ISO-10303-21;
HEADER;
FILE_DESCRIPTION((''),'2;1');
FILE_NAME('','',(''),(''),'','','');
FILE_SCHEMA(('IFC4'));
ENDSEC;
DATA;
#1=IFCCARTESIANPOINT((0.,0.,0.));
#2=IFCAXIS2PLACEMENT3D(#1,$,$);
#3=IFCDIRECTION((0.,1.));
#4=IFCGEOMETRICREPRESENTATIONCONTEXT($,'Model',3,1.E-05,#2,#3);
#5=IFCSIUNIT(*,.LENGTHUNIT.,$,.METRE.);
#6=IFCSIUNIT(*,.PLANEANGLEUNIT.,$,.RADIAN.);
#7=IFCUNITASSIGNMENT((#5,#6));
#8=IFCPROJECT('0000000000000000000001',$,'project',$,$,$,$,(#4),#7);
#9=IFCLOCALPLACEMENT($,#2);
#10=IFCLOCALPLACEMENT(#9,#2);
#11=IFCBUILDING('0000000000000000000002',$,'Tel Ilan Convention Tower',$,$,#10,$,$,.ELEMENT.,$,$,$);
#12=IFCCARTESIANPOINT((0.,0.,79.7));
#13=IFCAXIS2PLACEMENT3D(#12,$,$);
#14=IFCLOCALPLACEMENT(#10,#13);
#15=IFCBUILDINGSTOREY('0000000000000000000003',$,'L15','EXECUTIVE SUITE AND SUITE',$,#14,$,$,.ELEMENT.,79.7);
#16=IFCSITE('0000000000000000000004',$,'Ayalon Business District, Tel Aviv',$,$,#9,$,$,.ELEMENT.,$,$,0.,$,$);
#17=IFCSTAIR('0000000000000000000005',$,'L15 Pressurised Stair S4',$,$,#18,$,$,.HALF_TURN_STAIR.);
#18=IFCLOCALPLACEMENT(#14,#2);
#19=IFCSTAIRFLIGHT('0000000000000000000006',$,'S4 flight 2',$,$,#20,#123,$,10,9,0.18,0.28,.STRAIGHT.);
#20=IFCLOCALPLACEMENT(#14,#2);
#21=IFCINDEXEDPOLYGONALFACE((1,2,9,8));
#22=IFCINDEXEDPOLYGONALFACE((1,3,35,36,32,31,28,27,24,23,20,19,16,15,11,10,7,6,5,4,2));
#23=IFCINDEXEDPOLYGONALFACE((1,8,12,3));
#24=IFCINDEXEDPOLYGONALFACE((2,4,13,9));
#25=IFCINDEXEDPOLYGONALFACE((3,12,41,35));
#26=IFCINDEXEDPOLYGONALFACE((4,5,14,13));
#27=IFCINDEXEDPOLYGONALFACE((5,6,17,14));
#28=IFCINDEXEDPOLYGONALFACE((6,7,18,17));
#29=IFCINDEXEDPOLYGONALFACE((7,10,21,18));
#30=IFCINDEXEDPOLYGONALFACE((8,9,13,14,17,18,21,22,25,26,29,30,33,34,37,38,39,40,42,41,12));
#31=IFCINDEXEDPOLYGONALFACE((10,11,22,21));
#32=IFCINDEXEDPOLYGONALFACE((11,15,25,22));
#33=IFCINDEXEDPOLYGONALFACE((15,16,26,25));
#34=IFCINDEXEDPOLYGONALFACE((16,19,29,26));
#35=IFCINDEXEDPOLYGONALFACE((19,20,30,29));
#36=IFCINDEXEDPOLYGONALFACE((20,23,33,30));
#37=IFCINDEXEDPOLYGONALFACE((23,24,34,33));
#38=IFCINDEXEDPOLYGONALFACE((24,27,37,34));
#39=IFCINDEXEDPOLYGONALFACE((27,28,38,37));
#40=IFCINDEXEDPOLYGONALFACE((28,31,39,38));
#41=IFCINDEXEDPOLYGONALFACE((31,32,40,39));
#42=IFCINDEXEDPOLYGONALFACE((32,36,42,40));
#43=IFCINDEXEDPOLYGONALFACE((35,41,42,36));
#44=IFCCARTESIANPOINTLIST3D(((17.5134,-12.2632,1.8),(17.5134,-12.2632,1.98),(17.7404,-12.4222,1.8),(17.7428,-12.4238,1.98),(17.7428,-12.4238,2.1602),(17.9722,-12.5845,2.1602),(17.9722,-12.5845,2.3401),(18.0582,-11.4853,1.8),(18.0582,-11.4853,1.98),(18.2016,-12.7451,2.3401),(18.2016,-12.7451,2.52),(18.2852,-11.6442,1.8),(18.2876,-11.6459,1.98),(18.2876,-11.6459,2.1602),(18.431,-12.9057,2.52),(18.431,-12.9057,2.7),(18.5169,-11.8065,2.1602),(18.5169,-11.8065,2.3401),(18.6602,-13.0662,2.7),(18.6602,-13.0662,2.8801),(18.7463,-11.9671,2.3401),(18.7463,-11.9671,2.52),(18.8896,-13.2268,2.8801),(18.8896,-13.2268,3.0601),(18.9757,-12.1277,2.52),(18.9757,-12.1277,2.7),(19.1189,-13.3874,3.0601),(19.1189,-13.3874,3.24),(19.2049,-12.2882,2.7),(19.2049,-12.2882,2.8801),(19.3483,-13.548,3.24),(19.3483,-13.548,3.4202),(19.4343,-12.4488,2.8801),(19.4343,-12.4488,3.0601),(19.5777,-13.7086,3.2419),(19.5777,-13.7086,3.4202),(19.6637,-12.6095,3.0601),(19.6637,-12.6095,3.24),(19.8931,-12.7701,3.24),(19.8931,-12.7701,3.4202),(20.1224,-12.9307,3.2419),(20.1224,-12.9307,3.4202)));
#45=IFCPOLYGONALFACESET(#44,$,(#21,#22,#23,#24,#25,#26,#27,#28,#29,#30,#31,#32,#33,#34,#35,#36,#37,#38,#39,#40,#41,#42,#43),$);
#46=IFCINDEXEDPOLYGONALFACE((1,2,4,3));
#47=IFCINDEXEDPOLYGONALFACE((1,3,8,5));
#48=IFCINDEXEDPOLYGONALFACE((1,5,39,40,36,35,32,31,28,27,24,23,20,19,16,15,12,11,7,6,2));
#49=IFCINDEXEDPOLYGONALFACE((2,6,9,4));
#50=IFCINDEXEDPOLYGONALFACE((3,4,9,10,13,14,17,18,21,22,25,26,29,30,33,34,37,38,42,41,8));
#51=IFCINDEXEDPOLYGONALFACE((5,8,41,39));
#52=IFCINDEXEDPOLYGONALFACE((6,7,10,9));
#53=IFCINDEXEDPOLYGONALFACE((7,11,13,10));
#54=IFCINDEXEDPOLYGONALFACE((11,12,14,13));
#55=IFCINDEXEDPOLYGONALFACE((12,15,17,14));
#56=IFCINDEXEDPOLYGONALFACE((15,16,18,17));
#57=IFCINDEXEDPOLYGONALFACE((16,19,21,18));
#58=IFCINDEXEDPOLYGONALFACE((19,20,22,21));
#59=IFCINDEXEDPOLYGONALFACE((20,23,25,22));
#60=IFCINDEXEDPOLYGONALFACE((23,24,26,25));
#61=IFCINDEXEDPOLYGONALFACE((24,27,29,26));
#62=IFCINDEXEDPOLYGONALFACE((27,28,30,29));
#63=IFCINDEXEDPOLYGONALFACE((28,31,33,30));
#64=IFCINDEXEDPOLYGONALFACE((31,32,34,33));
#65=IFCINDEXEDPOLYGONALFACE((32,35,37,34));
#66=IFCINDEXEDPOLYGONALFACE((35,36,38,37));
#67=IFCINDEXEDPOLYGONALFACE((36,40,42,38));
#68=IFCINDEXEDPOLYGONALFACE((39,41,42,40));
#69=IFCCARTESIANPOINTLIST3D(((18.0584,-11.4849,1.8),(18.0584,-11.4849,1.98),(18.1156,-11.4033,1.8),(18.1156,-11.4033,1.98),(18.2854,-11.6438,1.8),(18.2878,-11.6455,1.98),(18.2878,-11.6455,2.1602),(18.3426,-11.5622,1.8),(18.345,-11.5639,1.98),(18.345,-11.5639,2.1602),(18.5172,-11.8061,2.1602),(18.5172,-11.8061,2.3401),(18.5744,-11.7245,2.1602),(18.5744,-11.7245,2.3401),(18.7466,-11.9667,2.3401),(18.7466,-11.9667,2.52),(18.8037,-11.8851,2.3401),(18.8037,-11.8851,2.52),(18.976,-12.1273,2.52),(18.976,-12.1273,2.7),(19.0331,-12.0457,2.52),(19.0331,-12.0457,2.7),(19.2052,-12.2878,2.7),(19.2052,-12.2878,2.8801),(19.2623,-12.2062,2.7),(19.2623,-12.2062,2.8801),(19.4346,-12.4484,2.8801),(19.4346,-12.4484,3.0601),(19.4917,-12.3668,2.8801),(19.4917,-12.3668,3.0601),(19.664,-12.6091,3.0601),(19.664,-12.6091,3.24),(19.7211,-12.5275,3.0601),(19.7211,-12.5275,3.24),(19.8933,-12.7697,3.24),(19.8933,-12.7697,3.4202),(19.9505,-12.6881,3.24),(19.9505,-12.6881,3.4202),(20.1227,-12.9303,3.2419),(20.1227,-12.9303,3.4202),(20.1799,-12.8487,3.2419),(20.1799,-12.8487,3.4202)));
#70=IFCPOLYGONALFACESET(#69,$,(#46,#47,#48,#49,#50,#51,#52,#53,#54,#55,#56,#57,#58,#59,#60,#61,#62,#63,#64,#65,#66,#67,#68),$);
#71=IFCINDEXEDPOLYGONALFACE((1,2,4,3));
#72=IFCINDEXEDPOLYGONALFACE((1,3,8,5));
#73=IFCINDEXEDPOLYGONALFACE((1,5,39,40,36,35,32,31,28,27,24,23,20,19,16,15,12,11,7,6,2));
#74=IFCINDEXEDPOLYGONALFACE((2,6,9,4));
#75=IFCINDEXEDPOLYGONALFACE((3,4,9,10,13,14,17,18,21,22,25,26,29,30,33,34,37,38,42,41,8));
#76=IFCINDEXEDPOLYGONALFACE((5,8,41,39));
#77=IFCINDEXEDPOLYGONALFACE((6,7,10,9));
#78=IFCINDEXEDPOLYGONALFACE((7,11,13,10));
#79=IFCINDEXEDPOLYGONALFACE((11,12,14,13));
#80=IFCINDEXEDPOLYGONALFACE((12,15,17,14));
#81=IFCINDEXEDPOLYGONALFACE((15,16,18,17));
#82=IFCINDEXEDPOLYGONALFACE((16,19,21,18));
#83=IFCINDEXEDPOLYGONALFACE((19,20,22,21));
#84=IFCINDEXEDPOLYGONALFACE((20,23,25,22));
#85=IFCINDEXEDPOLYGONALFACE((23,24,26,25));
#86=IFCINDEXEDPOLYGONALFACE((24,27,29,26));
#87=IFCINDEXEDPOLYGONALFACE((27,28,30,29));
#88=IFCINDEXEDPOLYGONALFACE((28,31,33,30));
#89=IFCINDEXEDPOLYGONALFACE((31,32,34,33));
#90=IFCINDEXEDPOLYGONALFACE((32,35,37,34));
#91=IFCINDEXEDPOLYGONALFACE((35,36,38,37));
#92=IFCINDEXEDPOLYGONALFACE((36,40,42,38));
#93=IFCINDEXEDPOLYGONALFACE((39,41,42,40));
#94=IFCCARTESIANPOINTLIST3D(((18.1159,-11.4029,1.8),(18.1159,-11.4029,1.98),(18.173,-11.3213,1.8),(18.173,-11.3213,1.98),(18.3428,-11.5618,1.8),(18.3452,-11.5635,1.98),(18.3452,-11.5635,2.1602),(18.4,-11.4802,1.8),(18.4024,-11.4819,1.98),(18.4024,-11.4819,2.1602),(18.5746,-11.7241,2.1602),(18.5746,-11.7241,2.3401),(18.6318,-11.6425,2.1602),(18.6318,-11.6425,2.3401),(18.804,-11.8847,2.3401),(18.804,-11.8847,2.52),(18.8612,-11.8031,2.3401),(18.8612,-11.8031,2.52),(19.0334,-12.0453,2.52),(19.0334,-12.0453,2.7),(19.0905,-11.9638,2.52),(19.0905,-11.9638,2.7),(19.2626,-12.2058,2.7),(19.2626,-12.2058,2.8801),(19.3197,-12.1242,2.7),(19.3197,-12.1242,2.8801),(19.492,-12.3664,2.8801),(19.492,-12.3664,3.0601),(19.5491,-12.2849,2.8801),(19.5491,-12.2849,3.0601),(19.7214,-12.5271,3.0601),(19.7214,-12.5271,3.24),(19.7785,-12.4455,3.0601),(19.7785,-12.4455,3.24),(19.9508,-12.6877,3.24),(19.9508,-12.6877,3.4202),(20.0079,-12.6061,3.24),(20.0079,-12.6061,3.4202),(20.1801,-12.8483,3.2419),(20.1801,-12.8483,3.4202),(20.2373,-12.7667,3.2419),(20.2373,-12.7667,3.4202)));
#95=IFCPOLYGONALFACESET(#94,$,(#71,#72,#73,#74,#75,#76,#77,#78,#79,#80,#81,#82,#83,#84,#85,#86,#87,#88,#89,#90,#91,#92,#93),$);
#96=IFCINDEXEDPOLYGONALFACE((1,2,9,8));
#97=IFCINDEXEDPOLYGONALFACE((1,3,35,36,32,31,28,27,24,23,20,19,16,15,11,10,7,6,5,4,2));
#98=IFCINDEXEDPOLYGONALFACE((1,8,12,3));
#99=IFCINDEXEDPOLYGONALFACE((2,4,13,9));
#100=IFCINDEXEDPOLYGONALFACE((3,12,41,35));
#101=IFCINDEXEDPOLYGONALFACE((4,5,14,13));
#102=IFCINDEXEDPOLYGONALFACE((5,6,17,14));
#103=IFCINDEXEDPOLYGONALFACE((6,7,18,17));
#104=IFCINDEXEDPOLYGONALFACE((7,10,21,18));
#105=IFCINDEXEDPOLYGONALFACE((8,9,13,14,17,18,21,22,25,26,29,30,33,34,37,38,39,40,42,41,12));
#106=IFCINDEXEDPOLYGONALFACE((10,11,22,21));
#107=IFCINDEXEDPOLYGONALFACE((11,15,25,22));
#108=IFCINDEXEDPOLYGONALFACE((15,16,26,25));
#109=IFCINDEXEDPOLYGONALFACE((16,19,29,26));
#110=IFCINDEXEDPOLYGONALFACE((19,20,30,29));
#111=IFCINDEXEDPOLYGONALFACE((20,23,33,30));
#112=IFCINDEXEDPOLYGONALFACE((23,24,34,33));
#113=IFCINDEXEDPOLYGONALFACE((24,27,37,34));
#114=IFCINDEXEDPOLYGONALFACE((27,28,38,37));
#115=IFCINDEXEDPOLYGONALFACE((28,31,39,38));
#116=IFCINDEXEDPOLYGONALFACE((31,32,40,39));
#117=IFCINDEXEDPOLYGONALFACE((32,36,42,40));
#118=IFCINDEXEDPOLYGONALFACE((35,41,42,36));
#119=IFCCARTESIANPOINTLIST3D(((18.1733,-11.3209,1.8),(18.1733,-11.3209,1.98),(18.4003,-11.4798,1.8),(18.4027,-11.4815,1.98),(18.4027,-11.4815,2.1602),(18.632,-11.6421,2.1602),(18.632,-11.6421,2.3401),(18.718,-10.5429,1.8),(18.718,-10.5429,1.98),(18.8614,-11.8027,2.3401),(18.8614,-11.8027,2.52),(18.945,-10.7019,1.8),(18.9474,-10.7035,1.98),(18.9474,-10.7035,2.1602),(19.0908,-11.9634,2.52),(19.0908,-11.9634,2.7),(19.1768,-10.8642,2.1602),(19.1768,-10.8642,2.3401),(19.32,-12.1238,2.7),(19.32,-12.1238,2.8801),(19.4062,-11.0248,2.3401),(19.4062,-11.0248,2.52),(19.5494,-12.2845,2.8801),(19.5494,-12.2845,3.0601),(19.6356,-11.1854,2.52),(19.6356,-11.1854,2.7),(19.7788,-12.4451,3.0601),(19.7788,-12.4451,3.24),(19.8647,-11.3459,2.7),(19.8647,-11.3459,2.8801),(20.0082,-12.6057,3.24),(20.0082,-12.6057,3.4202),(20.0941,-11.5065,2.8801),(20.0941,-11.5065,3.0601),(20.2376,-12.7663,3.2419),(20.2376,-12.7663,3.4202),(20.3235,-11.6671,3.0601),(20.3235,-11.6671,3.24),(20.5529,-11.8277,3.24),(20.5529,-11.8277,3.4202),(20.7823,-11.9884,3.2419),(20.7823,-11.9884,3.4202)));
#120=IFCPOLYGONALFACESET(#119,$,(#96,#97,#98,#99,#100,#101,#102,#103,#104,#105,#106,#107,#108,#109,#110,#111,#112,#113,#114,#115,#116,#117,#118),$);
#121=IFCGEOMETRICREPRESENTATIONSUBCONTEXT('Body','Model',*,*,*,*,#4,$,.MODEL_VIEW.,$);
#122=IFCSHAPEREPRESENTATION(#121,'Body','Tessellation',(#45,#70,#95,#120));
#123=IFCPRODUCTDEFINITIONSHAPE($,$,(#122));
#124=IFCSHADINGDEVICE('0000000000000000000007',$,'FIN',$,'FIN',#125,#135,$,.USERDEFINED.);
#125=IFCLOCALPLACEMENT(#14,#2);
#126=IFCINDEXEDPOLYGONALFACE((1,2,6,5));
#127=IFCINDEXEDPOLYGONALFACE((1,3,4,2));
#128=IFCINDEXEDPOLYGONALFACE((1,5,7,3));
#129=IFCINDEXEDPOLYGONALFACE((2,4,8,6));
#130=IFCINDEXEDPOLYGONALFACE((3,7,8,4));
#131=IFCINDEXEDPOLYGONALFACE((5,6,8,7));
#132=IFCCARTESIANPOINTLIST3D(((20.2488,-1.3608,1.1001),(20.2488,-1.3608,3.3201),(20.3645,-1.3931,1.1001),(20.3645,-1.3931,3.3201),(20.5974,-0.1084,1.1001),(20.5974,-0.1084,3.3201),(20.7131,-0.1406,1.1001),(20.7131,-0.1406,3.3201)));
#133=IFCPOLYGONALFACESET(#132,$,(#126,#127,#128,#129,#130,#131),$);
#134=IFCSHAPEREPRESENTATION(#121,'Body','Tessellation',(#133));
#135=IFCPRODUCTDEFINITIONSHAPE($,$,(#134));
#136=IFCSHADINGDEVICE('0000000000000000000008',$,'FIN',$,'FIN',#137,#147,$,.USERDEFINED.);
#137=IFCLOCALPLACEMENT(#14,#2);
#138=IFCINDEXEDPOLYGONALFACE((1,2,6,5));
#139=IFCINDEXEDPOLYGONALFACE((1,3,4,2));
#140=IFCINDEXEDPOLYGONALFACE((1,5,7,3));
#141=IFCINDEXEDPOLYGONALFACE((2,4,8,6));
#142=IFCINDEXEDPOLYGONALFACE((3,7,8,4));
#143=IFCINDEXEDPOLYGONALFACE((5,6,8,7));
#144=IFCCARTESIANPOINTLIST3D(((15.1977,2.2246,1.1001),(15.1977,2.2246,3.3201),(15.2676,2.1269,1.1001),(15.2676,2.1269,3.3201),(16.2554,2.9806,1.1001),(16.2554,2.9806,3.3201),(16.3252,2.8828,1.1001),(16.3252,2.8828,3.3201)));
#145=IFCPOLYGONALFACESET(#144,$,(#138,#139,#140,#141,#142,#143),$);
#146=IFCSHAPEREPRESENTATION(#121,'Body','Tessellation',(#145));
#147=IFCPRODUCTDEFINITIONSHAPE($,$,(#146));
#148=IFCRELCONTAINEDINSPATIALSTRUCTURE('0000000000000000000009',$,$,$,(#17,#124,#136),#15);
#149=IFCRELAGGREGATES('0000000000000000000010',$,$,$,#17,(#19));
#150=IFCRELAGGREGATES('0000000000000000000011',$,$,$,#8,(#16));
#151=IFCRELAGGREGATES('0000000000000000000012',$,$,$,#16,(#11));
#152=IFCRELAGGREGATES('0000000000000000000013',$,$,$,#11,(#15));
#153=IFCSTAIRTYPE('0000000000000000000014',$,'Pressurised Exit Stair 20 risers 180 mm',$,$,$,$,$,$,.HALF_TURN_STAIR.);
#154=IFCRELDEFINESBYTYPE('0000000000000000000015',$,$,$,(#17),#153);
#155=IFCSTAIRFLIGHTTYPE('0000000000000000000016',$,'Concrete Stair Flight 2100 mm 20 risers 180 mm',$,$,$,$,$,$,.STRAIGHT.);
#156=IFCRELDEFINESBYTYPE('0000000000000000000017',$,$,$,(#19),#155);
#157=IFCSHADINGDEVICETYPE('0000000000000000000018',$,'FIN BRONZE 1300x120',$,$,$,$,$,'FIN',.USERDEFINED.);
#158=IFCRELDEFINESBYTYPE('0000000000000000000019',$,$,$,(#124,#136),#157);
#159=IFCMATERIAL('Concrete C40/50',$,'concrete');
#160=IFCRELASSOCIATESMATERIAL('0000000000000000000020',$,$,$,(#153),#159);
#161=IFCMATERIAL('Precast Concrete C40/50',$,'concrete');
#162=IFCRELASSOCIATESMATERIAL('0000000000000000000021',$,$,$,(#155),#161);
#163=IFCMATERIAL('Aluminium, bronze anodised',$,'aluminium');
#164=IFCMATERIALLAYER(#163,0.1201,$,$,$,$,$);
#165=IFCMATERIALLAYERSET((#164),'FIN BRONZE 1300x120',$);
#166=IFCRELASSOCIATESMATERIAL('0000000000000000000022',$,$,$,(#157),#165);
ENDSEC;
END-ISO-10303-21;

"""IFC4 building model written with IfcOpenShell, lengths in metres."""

from ifc_helpers import new_model, si_unit, direction, frame, origin, origin_2d, place, context, subcontext, project, spatial, polyline, rectangle, outline, extrude, material, layer, layer_set, type_object, element, aggregate, save


model = new_model("IFC4")

# Units and contexts
model_context = context("Model", 3, precision=1e-05, world=origin(), true_north=direction((0.0, 1.0)))
body_context = subcontext(model_context, "Body", "Model", "MODEL_VIEW")
ifc_project = project(units=[si_unit("LENGTHUNIT", "METRE"), si_unit("PLANEANGLEUNIT", "RADIAN")], contexts=[model_context])

# Site, building, storey
site_placement = place(None, origin())
site = spatial("IfcSite", under=ifc_project, at=site_placement, Name="Ayalon Business District, Tel Aviv", CompositionType="ELEMENT", RefElevation=0.0)
building_placement = place(site_placement, origin())
building = spatial("IfcBuilding", under=site, at=building_placement, Name="Tel Ilan Convention Tower", CompositionType="ELEMENT")
storey_placement = place(building_placement, frame((0.0, 0.0, 79.7)))
storey = spatial("IfcBuildingStorey", under=building, at=storey_placement, Name="L15", Description="EXECUTIVE SUITE AND SUITE", CompositionType="ELEMENT", Elevation=79.7)

# Shared definitions
ifc_material_1 = material(Name="Concrete C40/50", Category="concrete")
stair_type = type_object("IfcStairType", Name="Pressurised Exit Stair 20 risers 180 mm", PredefinedType="HALF_TURN_STAIR", material=ifc_material_1)
ifc_material_2 = material(Name="Precast Concrete C40/50", Category="concrete")
stair_flight_type = type_object("IfcStairFlightType", Name="Concrete Stair Flight 2100 mm 20 risers 180 mm", PredefinedType="STRAIGHT", material=ifc_material_2)

# Stair, stair flight
stair_1_placement = place(storey_placement, origin())
stair_1 = element("IfcStair", 1, at=stair_1_placement, inside=storey, type_object=stair_type, Name="L15 Pressurised Stair S4", PredefinedType="HALF_TURN_STAIR")
stair_flight_1_placement = place(storey_placement, frame((18.1157, -11.4031, 1.8), z_axis=(0.0, 0.0, 1.0), x_axis=(0.819152, -0.573576, 0.0)))
stair_flight_1 = element("IfcStairFlight", 2, at=stair_flight_1_placement, type_object=stair_flight_type, Name="S4 flight 2", NumberOfRisers=10, NumberOfTreads=9, PredefinedType="STRAIGHT", RiserHeight=0.18, TreadLength=0.28, context=body_context, shape_type="SweptSolid", body=[
    extrude(outline(polyline([(0.0, 0.0), (0.0, 0.1799), (0.28, 0.1799), (0.28, 0.3601), (0.5601, 0.3601), (0.5601, 0.54), (0.8401, 0.54), (0.8401, 0.72), (1.1201, 0.72), (1.1201, 0.8999), (1.3999, 0.8999), (1.3999, 1.0801), (1.6799, 1.0801), (1.6799, 1.26), (1.96, 1.26), (1.96, 1.4399), (2.24, 1.4399), (2.24, 1.6201), (2.52, 1.6201), (2.52, 1.8), (2.52, 1.4419), (0.2771, 0.0), (0.0, 0.0)])), frame((0.0, -0.1003, 0.0), z_axis=(0.0, -1.0, 0.0), x_axis=(1.0, 0.0, 0.0)), (0.0, 0.0, 1.0), 0.9497),
    extrude(outline(polyline([(0.0, 0.0), (0.0, 0.1799), (0.28, 0.1799), (0.28, 0.3601), (0.5601, 0.3601), (0.5601, 0.54), (0.8401, 0.54), (0.8401, 0.72), (1.1201, 0.72), (1.1201, 0.8999), (1.3999, 0.8999), (1.3999, 1.0801), (1.6799, 1.0801), (1.6799, 1.26), (1.96, 1.26), (1.96, 1.4399), (2.24, 1.4399), (2.24, 1.6201), (2.52, 1.6201), (2.52, 1.8), (2.52, 1.4419), (0.2771, 0.0), (0.0, 0.0)])), frame((0.0, -0.0002, 0.0), z_axis=(0.0, -1.0, 0.0), x_axis=(1.0, 0.0, 0.0)), (0.0, 0.0, 1.0), 0.0996),
    extrude(outline(polyline([(0.0, 0.0), (0.0, 0.1799), (0.28, 0.1799), (0.28, 0.3601), (0.5601, 0.3601), (0.5601, 0.54), (0.8401, 0.54), (0.8401, 0.72), (1.1201, 0.72), (1.1201, 0.8999), (1.3999, 0.8999), (1.3999, 1.0801), (1.6799, 1.0801), (1.6799, 1.26), (1.96, 1.26), (1.96, 1.4399), (2.24, 1.4399), (2.24, 1.6201), (2.52, 1.6201), (2.52, 1.8), (2.52, 1.4419), (0.2771, 0.0), (0.0, 0.0)])), frame((0.0, 0.0999, 0.0), z_axis=(0.0, -1.0, 0.0), x_axis=(1.0, 0.0, 0.0)), (0.0, 0.0, 1.0), 0.0996),
    extrude(outline(polyline([(0.0, 0.0), (0.0, 0.1799), (0.28, 0.1799), (0.28, 0.3601), (0.5601, 0.3601), (0.5601, 0.54), (0.8401, 0.54), (0.8401, 0.72), (1.1201, 0.72), (1.1201, 0.8999), (1.3999, 0.8999), (1.3999, 1.0801), (1.6799, 1.0801), (1.6799, 1.26), (1.96, 1.26), (1.96, 1.4399), (2.24, 1.4399), (2.24, 1.6201), (2.52, 1.6201), (2.52, 1.8), (2.52, 1.4419), (0.2771, 0.0), (0.0, 0.0)])), frame((0.0, 1.05, 0.0), z_axis=(0.0, -1.0, 0.0), x_axis=(1.0, 0.0, 0.0)), (0.0, 0.0, 1.0), 0.9497),
])
aggregate(stair_1, [stair_flight_1])

# Shading devices
ifc_material_3 = material(Name="Aluminium, bronze anodised", Category="aluminium")
ifc_layer_1 = layer(ifc_material_3, 0.1201)
ifc_layer_set_1 = layer_set([ifc_layer_1], Name="FIN BRONZE 1300x120")
shading_device_type = type_object("IfcShadingDeviceType", Name="FIN BRONZE 1300x120", ElementType="FIN", PredefinedType="USERDEFINED", material=ifc_layer_set_1)
for number, where, z_axis, x_axis, name in (
    (3, (20.481, -0.7507, 1.1001), (0.0, 0.0, 1.0), (0.268173, 0.963371, 0.0), "FIN"),
    (4, (15.7615, 2.5537, 1.1001), (0.0, 0.0, 1.0), (0.813552, 0.581492, 0.0), "FIN"),
):
    element("IfcShadingDevice", number, at=place(storey_placement, frame(where, z_axis=z_axis, x_axis=x_axis)), inside=storey, type_object=shading_device_type, Name=name, ObjectType="FIN", PredefinedType="USERDEFINED", context=body_context, shape_type="SweptSolid", body=[
        extrude(rectangle(XDim=1.3, YDim=0.1201, at=origin_2d()), origin(), (0.0, 0.0, 1.0), 2.22),
    ])

save(model, "model.ifc")
